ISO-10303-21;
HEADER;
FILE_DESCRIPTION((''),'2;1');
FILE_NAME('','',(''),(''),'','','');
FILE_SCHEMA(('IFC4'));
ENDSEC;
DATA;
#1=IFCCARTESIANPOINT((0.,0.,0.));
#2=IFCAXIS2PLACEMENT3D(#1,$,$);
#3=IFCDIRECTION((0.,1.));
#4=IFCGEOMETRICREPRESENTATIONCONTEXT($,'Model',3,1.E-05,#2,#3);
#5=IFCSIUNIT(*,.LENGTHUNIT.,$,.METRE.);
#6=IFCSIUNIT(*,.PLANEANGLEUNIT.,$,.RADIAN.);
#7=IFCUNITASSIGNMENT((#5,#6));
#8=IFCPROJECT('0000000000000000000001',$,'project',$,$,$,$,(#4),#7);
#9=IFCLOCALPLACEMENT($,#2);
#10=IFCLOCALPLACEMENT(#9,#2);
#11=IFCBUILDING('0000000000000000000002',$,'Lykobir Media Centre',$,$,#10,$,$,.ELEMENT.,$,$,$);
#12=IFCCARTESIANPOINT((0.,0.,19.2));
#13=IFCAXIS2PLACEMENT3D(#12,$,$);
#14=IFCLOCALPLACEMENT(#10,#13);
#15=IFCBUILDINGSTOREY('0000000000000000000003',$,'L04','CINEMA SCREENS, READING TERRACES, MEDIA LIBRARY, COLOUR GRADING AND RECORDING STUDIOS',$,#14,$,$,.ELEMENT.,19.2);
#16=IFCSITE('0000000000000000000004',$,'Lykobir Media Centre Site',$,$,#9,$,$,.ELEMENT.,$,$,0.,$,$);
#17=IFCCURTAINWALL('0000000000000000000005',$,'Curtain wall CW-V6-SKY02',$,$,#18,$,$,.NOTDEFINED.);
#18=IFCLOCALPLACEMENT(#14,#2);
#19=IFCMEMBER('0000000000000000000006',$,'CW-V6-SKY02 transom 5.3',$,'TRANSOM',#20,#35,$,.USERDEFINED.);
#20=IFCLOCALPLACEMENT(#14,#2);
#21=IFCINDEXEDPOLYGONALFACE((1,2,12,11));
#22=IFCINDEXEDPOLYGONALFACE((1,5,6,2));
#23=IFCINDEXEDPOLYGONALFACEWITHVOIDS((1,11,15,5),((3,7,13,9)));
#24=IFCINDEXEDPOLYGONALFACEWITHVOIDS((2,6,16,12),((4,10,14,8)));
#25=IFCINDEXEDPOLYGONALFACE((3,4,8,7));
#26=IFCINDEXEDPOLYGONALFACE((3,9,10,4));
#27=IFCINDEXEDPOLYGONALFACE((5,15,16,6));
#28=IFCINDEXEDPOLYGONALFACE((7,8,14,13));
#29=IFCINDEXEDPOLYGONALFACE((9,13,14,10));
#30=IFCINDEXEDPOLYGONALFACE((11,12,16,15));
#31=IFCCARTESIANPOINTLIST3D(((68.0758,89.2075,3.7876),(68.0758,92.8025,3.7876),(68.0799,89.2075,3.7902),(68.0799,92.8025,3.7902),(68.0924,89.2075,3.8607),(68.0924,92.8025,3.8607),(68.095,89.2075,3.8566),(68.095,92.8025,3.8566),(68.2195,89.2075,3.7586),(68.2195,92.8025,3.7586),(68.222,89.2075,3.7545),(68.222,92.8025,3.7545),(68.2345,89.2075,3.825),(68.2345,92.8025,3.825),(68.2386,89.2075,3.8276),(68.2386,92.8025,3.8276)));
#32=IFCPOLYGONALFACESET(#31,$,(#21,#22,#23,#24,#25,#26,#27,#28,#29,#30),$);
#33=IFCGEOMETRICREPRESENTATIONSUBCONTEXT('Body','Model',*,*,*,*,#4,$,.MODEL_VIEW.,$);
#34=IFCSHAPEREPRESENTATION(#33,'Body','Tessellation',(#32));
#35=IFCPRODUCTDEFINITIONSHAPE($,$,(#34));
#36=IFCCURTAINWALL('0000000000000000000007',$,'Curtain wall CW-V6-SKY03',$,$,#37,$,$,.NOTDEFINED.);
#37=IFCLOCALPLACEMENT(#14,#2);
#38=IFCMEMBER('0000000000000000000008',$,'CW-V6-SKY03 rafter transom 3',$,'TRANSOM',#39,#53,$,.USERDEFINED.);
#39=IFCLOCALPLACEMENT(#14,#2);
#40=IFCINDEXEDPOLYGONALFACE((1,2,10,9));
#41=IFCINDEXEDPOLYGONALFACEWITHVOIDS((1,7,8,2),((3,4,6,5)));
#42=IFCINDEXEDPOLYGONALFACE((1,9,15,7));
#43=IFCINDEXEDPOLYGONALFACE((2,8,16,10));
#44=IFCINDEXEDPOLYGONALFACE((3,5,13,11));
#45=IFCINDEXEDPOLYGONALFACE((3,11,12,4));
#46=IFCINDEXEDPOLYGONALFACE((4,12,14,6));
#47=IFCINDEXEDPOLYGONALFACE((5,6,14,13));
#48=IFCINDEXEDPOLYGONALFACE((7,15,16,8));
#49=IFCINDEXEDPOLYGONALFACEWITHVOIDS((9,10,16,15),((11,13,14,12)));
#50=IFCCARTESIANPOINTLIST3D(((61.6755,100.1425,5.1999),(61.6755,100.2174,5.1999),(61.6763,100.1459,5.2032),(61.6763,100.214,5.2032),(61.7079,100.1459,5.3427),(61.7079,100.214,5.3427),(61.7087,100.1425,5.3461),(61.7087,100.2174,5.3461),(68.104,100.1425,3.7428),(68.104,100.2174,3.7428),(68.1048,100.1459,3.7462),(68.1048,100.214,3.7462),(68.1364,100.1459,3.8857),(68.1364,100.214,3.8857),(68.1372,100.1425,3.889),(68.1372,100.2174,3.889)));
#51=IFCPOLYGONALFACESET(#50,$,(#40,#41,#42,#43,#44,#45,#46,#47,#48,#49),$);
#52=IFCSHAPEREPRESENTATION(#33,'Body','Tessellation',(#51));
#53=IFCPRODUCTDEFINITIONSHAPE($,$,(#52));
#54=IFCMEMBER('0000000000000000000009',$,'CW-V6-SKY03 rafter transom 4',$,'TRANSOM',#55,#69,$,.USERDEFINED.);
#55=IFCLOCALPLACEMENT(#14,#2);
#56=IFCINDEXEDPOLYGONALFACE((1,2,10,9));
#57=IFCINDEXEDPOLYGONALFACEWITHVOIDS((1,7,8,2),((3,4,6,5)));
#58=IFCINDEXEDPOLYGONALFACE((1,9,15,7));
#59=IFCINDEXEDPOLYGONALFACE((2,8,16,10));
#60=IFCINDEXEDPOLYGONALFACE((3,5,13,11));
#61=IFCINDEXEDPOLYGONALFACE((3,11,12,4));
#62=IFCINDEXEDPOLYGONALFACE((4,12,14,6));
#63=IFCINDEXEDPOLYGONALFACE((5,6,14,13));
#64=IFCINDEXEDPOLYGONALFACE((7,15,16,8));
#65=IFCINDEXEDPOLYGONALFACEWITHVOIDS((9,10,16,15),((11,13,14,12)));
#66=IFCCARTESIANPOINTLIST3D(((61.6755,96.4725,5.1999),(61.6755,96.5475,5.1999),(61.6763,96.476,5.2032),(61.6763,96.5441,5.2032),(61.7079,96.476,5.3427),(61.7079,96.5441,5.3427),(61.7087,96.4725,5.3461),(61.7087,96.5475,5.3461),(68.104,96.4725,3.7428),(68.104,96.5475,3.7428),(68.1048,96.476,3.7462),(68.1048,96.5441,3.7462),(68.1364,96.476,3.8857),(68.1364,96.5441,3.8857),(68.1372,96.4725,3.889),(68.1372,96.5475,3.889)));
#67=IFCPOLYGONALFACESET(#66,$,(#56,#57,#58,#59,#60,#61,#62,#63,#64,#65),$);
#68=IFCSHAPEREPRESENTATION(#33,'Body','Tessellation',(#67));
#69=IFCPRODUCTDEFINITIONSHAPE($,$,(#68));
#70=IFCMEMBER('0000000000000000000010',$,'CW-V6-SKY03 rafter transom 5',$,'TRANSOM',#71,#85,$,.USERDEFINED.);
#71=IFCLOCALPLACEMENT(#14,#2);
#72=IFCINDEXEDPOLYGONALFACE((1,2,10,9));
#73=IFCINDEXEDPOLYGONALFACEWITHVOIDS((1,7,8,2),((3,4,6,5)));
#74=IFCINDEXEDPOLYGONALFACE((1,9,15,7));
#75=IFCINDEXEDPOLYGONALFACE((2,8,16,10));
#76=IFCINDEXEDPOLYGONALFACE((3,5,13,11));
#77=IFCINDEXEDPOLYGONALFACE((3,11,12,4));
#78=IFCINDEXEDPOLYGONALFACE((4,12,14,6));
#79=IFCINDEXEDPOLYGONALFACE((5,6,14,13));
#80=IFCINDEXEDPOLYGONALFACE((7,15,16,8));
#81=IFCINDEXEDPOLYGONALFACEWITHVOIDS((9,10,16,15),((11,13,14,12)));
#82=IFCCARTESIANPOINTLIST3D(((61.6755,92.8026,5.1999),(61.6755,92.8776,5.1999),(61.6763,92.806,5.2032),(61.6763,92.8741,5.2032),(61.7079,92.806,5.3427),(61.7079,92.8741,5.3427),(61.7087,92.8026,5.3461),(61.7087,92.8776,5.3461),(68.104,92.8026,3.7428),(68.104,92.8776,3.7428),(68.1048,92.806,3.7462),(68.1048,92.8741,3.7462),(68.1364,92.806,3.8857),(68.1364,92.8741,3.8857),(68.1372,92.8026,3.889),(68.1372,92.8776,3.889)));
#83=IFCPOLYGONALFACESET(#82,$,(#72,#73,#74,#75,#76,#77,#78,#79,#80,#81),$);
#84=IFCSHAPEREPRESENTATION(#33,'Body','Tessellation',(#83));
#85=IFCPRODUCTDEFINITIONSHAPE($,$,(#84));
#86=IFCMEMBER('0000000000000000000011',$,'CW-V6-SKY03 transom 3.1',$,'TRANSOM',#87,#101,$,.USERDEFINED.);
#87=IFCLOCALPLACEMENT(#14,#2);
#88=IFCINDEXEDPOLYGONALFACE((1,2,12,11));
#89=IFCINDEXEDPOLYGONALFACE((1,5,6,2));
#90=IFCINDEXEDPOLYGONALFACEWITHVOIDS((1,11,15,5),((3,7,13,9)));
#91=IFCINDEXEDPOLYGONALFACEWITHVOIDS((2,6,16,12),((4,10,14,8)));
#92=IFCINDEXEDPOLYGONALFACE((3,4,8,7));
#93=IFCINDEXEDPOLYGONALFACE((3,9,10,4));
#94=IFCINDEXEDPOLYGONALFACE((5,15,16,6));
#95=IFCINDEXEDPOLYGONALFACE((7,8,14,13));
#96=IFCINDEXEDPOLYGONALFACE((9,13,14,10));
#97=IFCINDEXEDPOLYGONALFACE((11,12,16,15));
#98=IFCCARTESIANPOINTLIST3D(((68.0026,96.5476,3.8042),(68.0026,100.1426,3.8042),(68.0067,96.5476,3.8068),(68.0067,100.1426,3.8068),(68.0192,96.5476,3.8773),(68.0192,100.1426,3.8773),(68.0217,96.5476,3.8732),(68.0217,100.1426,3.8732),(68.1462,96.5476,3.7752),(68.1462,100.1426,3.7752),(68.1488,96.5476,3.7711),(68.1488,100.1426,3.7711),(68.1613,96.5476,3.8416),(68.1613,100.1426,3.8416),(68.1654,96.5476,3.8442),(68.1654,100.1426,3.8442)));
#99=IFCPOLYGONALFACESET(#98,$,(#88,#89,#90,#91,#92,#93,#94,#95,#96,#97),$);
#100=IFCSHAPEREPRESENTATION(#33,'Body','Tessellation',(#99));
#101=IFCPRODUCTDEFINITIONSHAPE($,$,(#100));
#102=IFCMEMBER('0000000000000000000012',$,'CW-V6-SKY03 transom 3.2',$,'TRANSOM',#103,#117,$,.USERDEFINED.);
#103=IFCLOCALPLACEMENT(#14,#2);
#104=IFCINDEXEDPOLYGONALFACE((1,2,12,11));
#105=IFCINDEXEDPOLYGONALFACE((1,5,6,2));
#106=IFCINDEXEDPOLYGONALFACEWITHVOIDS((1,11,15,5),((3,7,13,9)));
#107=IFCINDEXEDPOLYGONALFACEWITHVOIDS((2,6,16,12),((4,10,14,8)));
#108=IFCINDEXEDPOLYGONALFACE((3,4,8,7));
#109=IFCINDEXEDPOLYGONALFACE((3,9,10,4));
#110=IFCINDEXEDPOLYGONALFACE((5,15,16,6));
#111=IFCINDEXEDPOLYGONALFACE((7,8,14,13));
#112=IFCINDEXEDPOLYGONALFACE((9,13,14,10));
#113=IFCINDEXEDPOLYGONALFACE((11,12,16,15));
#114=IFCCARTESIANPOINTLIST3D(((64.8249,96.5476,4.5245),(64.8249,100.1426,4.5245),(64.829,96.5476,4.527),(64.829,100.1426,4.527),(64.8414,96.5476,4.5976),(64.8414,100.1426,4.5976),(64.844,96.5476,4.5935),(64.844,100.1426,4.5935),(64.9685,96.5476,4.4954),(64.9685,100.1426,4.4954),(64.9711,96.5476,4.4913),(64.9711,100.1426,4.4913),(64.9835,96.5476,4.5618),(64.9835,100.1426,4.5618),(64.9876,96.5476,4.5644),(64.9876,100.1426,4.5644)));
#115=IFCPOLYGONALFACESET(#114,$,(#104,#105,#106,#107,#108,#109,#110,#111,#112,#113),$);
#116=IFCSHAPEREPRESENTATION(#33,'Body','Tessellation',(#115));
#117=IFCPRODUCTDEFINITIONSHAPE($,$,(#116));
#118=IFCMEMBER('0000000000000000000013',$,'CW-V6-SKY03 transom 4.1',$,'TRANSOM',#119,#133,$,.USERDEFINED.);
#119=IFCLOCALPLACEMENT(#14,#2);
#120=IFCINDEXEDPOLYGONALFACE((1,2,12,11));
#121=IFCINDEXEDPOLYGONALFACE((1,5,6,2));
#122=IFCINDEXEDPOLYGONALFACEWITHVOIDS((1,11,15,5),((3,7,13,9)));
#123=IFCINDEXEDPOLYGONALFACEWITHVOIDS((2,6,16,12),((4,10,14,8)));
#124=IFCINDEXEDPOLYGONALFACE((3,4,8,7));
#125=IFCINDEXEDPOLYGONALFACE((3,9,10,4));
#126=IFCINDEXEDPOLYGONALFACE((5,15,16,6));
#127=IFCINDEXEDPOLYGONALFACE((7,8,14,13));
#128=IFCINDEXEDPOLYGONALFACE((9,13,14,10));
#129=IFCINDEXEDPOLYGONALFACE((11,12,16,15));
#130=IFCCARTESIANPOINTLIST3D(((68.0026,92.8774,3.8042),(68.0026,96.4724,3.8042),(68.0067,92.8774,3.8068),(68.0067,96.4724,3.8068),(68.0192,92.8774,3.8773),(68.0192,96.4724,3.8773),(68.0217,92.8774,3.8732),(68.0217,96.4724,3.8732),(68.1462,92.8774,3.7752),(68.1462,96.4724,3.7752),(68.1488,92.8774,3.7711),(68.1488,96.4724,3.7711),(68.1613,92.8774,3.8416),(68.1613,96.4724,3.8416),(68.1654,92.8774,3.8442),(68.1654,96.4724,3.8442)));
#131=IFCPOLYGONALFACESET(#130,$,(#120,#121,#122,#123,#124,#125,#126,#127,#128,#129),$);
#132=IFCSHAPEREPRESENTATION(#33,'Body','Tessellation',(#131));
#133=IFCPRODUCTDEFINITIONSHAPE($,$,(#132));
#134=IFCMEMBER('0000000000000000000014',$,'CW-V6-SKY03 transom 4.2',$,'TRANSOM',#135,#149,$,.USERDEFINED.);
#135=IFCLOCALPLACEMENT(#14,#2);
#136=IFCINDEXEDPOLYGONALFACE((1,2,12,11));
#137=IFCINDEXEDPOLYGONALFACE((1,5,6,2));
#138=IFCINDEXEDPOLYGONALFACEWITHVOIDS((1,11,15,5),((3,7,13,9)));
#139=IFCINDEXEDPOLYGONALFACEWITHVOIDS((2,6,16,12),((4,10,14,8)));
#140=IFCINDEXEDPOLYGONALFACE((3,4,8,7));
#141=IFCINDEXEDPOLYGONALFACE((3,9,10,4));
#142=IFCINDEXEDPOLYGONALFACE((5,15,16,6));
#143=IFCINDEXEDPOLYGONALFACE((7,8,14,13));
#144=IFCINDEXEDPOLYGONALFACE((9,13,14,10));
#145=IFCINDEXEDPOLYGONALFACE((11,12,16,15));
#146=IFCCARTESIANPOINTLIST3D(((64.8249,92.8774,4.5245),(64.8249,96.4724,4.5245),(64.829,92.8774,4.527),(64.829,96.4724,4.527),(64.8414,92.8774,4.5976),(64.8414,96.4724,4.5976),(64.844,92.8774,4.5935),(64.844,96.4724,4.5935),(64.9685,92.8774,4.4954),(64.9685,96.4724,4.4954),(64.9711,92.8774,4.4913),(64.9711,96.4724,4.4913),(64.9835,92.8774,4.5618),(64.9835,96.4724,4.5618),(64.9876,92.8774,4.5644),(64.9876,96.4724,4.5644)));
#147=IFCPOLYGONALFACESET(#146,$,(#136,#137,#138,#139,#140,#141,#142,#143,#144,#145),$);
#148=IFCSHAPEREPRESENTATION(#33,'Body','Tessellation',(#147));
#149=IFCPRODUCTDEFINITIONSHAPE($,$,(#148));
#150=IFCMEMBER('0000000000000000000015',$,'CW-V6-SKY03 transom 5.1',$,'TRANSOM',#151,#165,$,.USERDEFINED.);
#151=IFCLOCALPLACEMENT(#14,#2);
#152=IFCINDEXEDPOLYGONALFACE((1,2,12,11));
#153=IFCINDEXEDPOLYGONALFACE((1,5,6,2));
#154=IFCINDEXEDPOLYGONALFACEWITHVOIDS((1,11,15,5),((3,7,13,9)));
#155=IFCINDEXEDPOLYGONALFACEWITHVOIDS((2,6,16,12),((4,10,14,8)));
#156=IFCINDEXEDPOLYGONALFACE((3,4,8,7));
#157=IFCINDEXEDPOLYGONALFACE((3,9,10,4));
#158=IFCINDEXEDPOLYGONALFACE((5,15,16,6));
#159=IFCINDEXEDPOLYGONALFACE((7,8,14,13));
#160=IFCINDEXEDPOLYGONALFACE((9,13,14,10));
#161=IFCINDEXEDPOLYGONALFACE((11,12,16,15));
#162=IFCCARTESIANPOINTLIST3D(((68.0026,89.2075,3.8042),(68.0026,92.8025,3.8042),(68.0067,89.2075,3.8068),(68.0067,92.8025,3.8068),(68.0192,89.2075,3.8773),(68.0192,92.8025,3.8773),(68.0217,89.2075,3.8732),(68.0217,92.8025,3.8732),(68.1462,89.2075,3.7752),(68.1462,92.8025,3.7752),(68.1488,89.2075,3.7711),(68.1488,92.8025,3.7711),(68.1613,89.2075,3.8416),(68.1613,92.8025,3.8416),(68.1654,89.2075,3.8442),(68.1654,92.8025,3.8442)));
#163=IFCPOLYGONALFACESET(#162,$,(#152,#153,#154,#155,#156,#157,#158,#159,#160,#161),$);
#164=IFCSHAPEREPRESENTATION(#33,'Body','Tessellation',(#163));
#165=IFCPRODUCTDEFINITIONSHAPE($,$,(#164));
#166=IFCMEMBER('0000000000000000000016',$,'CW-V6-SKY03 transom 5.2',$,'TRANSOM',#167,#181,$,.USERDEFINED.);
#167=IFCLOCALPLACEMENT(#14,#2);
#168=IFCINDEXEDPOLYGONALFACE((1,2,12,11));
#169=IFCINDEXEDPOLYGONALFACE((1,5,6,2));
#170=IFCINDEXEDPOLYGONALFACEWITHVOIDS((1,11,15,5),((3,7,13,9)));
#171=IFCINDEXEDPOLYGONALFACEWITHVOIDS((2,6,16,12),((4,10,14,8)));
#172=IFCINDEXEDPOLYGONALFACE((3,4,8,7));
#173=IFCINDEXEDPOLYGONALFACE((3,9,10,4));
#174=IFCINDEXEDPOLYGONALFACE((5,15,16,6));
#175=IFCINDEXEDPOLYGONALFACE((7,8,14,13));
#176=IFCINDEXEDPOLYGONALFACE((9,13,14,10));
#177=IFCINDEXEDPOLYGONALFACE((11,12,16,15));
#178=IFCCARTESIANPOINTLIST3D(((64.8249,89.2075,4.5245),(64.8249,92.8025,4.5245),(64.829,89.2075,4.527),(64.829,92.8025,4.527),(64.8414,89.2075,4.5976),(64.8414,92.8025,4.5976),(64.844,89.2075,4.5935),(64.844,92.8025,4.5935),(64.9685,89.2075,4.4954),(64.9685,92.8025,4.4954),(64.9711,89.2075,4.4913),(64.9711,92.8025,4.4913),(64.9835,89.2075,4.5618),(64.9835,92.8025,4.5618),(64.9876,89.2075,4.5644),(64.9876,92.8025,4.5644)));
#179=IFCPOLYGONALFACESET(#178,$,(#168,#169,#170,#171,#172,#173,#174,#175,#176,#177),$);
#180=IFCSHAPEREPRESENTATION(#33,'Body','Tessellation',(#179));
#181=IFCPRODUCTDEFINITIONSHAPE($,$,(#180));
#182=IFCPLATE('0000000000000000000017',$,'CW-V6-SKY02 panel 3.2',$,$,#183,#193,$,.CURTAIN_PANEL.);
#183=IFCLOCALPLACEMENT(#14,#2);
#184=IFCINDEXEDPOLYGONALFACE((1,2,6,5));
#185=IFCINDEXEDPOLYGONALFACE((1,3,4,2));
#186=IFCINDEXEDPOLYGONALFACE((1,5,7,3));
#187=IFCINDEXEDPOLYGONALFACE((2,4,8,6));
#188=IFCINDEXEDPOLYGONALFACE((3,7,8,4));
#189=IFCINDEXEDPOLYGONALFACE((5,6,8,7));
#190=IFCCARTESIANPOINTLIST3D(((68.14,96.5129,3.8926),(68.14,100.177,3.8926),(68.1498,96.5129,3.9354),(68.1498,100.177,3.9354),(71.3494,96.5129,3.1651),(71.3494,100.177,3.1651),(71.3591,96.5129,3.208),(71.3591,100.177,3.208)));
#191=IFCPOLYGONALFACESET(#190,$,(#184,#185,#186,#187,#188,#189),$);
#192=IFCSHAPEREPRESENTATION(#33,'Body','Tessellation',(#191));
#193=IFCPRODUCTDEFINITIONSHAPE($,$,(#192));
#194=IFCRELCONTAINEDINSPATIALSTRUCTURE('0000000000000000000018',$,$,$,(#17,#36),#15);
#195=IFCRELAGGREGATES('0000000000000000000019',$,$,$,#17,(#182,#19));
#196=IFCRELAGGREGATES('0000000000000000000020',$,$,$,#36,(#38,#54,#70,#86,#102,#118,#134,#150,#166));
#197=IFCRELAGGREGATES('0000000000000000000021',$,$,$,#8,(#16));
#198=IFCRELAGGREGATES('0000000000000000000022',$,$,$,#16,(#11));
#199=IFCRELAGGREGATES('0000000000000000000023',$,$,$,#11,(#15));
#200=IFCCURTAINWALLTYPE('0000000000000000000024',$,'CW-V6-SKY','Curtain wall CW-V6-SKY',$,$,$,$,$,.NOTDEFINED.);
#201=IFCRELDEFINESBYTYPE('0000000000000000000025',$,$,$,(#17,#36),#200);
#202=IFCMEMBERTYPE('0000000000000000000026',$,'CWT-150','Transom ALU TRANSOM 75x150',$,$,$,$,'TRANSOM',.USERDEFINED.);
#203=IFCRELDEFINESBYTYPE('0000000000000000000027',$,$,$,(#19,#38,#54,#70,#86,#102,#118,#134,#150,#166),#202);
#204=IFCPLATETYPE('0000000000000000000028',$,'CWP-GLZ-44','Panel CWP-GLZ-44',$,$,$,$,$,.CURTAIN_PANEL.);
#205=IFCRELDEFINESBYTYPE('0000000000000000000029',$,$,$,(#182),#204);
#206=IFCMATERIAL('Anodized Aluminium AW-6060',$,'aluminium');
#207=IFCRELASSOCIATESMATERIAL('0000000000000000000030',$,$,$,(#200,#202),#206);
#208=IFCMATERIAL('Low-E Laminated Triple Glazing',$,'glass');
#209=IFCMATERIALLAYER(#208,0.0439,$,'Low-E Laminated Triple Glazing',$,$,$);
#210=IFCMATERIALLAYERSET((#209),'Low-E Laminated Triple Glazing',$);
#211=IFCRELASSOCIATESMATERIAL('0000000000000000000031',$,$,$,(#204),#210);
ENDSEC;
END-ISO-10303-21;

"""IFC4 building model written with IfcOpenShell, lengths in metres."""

from ifc_helpers import new_model, si_unit, direction, frame, origin, origin_2d, place, context, subcontext, project, spatial, rectangle, hollow_rectangle, extrude, material, layer, layer_set, material_profile, profile_set, type_object, element, aggregate, save


model = new_model("IFC4")

# Units and contexts
model_context = context("Model", 3, precision=1e-05, world=origin(), true_north=direction((0.0, 1.0)))
body_context = subcontext(model_context, "Body", "Model", "MODEL_VIEW")
ifc_project = project(units=[si_unit("LENGTHUNIT", "METRE"), si_unit("PLANEANGLEUNIT", "RADIAN")], contexts=[model_context])

# Site, building, storey
site_placement = place(None, origin())
site = spatial("IfcSite", under=ifc_project, at=site_placement, Name="Lykobir Media Centre Site", CompositionType="ELEMENT", RefElevation=0.0)
building_placement = place(site_placement, origin())
building = spatial("IfcBuilding", under=site, at=building_placement, Name="Lykobir Media Centre", CompositionType="ELEMENT")
storey_placement = place(building_placement, frame((0.0, 0.0, 19.2)))
storey = spatial("IfcBuildingStorey", under=building, at=storey_placement, Name="L04", Description="CINEMA SCREENS, READING TERRACES, MEDIA LIBRARY, COLOUR GRADING AND RECORDING STUDIOS", CompositionType="ELEMENT", Elevation=19.2)

# Curtain walls, members
ifc_material_1 = material(Name="Anodized Aluminium AW-6060", Category="aluminium")
curtain_wall_type = type_object("IfcCurtainWallType", Name="CW-V6-SKY", Description="Curtain wall CW-V6-SKY", PredefinedType="NOTDEFINED", material=ifc_material_1)
curtain_wall_1_placement = place(storey_placement, origin())
curtain_wall_1 = element("IfcCurtainWall", 1, at=curtain_wall_1_placement, inside=storey, type_object=curtain_wall_type, Name="Curtain wall CW-V6-SKY02", PredefinedType="NOTDEFINED")
ifc_material_profile_1 = material_profile(ifc_material_1, hollow_rectangle(XDim=0.075, YDim=0.1499, WallThickness=0.0034, at=origin_2d()), Name="ALU TRANSOM 75x150")
ifc_profile_set_1 = profile_set([ifc_material_profile_1], Name="Anodized Aluminium AW-6060")
member_type_1 = type_object("IfcMemberType", Name="CWT-150", Description="Transom ALU TRANSOM 75x150", ElementType="TRANSOM", PredefinedType="USERDEFINED", material=ifc_profile_set_1)
member_1_placement = place(storey_placement, frame((68.1572, 92.8025, 3.8076), z_axis=(0.0, -1.0, 0.0), x_axis=(0.221072, 0.0, 0.975258)))
member_1 = element("IfcMember", 2, at=member_1_placement, type_object=member_type_1, Name="CW-V6-SKY02 transom 5.3", ObjectType="TRANSOM", PredefinedType="USERDEFINED", context=body_context, shape_type="SweptSolid", body=[
    extrude(hollow_rectangle(XDim=0.075, YDim=0.1499, WallThickness=0.0034, at=origin_2d()), origin(), (0.0, 0.0, 1.0), 3.595),
])
curtain_wall_2_placement = place(storey_placement, origin())
curtain_wall_2 = element("IfcCurtainWall", 3, at=curtain_wall_2_placement, inside=storey, type_object=curtain_wall_type, Name="Curtain wall CW-V6-SKY03", PredefinedType="NOTDEFINED")
member_2_placement = place(storey_placement, frame((68.1206, 100.1799, 3.8159), z_axis=(-0.975263, 0.0, 0.221046), x_axis=(0.0, -1.0, 0.0)))
member_2 = element("IfcMember", 4, at=member_2_placement, type_object=member_type_1, Name="CW-V6-SKY03 rafter transom 3", ObjectType="TRANSOM", PredefinedType="USERDEFINED", context=body_context, shape_type="SweptSolid", body=[
    extrude(hollow_rectangle(XDim=0.075, YDim=0.1499, WallThickness=0.0034, at=origin_2d()), origin(), (0.0, 0.0, 1.0), 6.5916),
])
member_3_placement = place(storey_placement, frame((68.1206, 96.51, 3.8159), z_axis=(-0.975263, 0.0, 0.221046), x_axis=(0.0, -1.0, 0.0)))
member_3 = element("IfcMember", 5, at=member_3_placement, type_object=member_type_1, Name="CW-V6-SKY03 rafter transom 4", ObjectType="TRANSOM", PredefinedType="USERDEFINED", context=body_context, shape_type="SweptSolid", body=[
    extrude(hollow_rectangle(XDim=0.075, YDim=0.1499, WallThickness=0.0034, at=origin_2d()), origin(), (0.0, 0.0, 1.0), 6.5916),
])
member_4_placement = place(storey_placement, frame((68.1206, 92.8401, 3.8159), z_axis=(-0.975263, 0.0, 0.221046), x_axis=(0.0, -1.0, 0.0)))
member_4 = element("IfcMember", 6, at=member_4_placement, type_object=member_type_1, Name="CW-V6-SKY03 rafter transom 5", ObjectType="TRANSOM", PredefinedType="USERDEFINED", context=body_context, shape_type="SweptSolid", body=[
    extrude(hollow_rectangle(XDim=0.075, YDim=0.1499, WallThickness=0.0034, at=origin_2d()), origin(), (0.0, 0.0, 1.0), 6.5916),
])
member_5_placement = place(storey_placement, frame((68.084, 100.1426, 3.8242), z_axis=(0.0, -1.0, 0.0), x_axis=(0.221055, 0.0, 0.975261)))
member_5 = element("IfcMember", 7, at=member_5_placement, type_object=member_type_1, Name="CW-V6-SKY03 transom 3.1", ObjectType="TRANSOM", PredefinedType="USERDEFINED", context=body_context, shape_type="SweptSolid", body=[
    extrude(hollow_rectangle(XDim=0.075, YDim=0.1499, WallThickness=0.0034, at=origin_2d()), origin(), (0.0, 0.0, 1.0), 3.595),
])
member_6_placement = place(storey_placement, frame((64.9062, 100.1426, 4.5444), z_axis=(0.0, -1.0, 0.0), x_axis=(0.221055, 0.0, 0.975261)))
member_6 = element("IfcMember", 8, at=member_6_placement, type_object=member_type_1, Name="CW-V6-SKY03 transom 3.2", ObjectType="TRANSOM", PredefinedType="USERDEFINED", context=body_context, shape_type="SweptSolid", body=[
    extrude(hollow_rectangle(XDim=0.075, YDim=0.1499, WallThickness=0.0034, at=origin_2d()), origin(), (0.0, 0.0, 1.0), 3.595),
])
member_7_placement = place(storey_placement, frame((68.084, 96.4724, 3.8242), z_axis=(0.0, -1.0, 0.0), x_axis=(0.221055, 0.0, 0.975261)))
member_7 = element("IfcMember", 9, at=member_7_placement, type_object=member_type_1, Name="CW-V6-SKY03 transom 4.1", ObjectType="TRANSOM", PredefinedType="USERDEFINED", context=body_context, shape_type="SweptSolid", body=[
    extrude(hollow_rectangle(XDim=0.075, YDim=0.1499, WallThickness=0.0034, at=origin_2d()), origin(), (0.0, 0.0, 1.0), 3.595),
])
member_8_placement = place(storey_placement, frame((64.9062, 96.4724, 4.5444), z_axis=(0.0, -1.0, 0.0), x_axis=(0.221055, 0.0, 0.975261)))
member_8 = element("IfcMember", 10, at=member_8_placement, type_object=member_type_1, Name="CW-V6-SKY03 transom 4.2", ObjectType="TRANSOM", PredefinedType="USERDEFINED", context=body_context, shape_type="SweptSolid", body=[
    extrude(hollow_rectangle(XDim=0.075, YDim=0.1499, WallThickness=0.0034, at=origin_2d()), origin(), (0.0, 0.0, 1.0), 3.595),
])
member_9_placement = place(storey_placement, frame((68.084, 92.8025, 3.8242), z_axis=(0.0, -1.0, 0.0), x_axis=(0.221055, 0.0, 0.975261)))
member_9 = element("IfcMember", 11, at=member_9_placement, type_object=member_type_1, Name="CW-V6-SKY03 transom 5.1", ObjectType="TRANSOM", PredefinedType="USERDEFINED", context=body_context, shape_type="SweptSolid", body=[
    extrude(hollow_rectangle(XDim=0.075, YDim=0.1499, WallThickness=0.0034, at=origin_2d()), origin(), (0.0, 0.0, 1.0), 3.595),
])
member_10_placement = place(storey_placement, frame((64.9062, 92.8025, 4.5444), z_axis=(0.0, -1.0, 0.0), x_axis=(0.221055, 0.0, 0.975261)))
member_10 = element("IfcMember", 12, at=member_10_placement, type_object=member_type_1, Name="CW-V6-SKY03 transom 5.2", ObjectType="TRANSOM", PredefinedType="USERDEFINED", context=body_context, shape_type="SweptSolid", body=[
    extrude(hollow_rectangle(XDim=0.075, YDim=0.1499, WallThickness=0.0034, at=origin_2d()), origin(), (0.0, 0.0, 1.0), 3.595),
])

# Plate
ifc_material_2 = material(Name="Low-E Laminated Triple Glazing", Category="glass")
ifc_layer_1 = layer(ifc_material_2, 0.0439, Name="Low-E Laminated Triple Glazing")
ifc_layer_set_1 = layer_set([ifc_layer_1], Name="Low-E Laminated Triple Glazing")
plate_type_1 = type_object("IfcPlateType", Name="CWP-GLZ-44", Description="Panel CWP-GLZ-44", PredefinedType="CURTAIN_PANEL", material=ifc_layer_set_1)
plate_1_placement = place(storey_placement, frame((71.3542, 98.345, 3.1865), z_axis=(-0.975258, 0.0, 0.221072), x_axis=(0.0, -1.0, 0.0)))
plate_1 = element("IfcPlate", 13, at=plate_1_placement, type_object=plate_type_1, Name="CW-V6-SKY02 panel 3.2", PredefinedType="CURTAIN_PANEL", context=body_context, shape_type="SweptSolid", body=[
    extrude(rectangle(XDim=3.6641, YDim=0.0439, at=origin_2d()), origin(), (0.0, 0.0, 1.0), 3.2908),
])
aggregate(curtain_wall_1, [plate_1, member_1])
aggregate(curtain_wall_2, [member_2, member_3, member_4, member_5, member_6, member_7, member_8, member_9, member_10])

save(model, "model.ifc")
